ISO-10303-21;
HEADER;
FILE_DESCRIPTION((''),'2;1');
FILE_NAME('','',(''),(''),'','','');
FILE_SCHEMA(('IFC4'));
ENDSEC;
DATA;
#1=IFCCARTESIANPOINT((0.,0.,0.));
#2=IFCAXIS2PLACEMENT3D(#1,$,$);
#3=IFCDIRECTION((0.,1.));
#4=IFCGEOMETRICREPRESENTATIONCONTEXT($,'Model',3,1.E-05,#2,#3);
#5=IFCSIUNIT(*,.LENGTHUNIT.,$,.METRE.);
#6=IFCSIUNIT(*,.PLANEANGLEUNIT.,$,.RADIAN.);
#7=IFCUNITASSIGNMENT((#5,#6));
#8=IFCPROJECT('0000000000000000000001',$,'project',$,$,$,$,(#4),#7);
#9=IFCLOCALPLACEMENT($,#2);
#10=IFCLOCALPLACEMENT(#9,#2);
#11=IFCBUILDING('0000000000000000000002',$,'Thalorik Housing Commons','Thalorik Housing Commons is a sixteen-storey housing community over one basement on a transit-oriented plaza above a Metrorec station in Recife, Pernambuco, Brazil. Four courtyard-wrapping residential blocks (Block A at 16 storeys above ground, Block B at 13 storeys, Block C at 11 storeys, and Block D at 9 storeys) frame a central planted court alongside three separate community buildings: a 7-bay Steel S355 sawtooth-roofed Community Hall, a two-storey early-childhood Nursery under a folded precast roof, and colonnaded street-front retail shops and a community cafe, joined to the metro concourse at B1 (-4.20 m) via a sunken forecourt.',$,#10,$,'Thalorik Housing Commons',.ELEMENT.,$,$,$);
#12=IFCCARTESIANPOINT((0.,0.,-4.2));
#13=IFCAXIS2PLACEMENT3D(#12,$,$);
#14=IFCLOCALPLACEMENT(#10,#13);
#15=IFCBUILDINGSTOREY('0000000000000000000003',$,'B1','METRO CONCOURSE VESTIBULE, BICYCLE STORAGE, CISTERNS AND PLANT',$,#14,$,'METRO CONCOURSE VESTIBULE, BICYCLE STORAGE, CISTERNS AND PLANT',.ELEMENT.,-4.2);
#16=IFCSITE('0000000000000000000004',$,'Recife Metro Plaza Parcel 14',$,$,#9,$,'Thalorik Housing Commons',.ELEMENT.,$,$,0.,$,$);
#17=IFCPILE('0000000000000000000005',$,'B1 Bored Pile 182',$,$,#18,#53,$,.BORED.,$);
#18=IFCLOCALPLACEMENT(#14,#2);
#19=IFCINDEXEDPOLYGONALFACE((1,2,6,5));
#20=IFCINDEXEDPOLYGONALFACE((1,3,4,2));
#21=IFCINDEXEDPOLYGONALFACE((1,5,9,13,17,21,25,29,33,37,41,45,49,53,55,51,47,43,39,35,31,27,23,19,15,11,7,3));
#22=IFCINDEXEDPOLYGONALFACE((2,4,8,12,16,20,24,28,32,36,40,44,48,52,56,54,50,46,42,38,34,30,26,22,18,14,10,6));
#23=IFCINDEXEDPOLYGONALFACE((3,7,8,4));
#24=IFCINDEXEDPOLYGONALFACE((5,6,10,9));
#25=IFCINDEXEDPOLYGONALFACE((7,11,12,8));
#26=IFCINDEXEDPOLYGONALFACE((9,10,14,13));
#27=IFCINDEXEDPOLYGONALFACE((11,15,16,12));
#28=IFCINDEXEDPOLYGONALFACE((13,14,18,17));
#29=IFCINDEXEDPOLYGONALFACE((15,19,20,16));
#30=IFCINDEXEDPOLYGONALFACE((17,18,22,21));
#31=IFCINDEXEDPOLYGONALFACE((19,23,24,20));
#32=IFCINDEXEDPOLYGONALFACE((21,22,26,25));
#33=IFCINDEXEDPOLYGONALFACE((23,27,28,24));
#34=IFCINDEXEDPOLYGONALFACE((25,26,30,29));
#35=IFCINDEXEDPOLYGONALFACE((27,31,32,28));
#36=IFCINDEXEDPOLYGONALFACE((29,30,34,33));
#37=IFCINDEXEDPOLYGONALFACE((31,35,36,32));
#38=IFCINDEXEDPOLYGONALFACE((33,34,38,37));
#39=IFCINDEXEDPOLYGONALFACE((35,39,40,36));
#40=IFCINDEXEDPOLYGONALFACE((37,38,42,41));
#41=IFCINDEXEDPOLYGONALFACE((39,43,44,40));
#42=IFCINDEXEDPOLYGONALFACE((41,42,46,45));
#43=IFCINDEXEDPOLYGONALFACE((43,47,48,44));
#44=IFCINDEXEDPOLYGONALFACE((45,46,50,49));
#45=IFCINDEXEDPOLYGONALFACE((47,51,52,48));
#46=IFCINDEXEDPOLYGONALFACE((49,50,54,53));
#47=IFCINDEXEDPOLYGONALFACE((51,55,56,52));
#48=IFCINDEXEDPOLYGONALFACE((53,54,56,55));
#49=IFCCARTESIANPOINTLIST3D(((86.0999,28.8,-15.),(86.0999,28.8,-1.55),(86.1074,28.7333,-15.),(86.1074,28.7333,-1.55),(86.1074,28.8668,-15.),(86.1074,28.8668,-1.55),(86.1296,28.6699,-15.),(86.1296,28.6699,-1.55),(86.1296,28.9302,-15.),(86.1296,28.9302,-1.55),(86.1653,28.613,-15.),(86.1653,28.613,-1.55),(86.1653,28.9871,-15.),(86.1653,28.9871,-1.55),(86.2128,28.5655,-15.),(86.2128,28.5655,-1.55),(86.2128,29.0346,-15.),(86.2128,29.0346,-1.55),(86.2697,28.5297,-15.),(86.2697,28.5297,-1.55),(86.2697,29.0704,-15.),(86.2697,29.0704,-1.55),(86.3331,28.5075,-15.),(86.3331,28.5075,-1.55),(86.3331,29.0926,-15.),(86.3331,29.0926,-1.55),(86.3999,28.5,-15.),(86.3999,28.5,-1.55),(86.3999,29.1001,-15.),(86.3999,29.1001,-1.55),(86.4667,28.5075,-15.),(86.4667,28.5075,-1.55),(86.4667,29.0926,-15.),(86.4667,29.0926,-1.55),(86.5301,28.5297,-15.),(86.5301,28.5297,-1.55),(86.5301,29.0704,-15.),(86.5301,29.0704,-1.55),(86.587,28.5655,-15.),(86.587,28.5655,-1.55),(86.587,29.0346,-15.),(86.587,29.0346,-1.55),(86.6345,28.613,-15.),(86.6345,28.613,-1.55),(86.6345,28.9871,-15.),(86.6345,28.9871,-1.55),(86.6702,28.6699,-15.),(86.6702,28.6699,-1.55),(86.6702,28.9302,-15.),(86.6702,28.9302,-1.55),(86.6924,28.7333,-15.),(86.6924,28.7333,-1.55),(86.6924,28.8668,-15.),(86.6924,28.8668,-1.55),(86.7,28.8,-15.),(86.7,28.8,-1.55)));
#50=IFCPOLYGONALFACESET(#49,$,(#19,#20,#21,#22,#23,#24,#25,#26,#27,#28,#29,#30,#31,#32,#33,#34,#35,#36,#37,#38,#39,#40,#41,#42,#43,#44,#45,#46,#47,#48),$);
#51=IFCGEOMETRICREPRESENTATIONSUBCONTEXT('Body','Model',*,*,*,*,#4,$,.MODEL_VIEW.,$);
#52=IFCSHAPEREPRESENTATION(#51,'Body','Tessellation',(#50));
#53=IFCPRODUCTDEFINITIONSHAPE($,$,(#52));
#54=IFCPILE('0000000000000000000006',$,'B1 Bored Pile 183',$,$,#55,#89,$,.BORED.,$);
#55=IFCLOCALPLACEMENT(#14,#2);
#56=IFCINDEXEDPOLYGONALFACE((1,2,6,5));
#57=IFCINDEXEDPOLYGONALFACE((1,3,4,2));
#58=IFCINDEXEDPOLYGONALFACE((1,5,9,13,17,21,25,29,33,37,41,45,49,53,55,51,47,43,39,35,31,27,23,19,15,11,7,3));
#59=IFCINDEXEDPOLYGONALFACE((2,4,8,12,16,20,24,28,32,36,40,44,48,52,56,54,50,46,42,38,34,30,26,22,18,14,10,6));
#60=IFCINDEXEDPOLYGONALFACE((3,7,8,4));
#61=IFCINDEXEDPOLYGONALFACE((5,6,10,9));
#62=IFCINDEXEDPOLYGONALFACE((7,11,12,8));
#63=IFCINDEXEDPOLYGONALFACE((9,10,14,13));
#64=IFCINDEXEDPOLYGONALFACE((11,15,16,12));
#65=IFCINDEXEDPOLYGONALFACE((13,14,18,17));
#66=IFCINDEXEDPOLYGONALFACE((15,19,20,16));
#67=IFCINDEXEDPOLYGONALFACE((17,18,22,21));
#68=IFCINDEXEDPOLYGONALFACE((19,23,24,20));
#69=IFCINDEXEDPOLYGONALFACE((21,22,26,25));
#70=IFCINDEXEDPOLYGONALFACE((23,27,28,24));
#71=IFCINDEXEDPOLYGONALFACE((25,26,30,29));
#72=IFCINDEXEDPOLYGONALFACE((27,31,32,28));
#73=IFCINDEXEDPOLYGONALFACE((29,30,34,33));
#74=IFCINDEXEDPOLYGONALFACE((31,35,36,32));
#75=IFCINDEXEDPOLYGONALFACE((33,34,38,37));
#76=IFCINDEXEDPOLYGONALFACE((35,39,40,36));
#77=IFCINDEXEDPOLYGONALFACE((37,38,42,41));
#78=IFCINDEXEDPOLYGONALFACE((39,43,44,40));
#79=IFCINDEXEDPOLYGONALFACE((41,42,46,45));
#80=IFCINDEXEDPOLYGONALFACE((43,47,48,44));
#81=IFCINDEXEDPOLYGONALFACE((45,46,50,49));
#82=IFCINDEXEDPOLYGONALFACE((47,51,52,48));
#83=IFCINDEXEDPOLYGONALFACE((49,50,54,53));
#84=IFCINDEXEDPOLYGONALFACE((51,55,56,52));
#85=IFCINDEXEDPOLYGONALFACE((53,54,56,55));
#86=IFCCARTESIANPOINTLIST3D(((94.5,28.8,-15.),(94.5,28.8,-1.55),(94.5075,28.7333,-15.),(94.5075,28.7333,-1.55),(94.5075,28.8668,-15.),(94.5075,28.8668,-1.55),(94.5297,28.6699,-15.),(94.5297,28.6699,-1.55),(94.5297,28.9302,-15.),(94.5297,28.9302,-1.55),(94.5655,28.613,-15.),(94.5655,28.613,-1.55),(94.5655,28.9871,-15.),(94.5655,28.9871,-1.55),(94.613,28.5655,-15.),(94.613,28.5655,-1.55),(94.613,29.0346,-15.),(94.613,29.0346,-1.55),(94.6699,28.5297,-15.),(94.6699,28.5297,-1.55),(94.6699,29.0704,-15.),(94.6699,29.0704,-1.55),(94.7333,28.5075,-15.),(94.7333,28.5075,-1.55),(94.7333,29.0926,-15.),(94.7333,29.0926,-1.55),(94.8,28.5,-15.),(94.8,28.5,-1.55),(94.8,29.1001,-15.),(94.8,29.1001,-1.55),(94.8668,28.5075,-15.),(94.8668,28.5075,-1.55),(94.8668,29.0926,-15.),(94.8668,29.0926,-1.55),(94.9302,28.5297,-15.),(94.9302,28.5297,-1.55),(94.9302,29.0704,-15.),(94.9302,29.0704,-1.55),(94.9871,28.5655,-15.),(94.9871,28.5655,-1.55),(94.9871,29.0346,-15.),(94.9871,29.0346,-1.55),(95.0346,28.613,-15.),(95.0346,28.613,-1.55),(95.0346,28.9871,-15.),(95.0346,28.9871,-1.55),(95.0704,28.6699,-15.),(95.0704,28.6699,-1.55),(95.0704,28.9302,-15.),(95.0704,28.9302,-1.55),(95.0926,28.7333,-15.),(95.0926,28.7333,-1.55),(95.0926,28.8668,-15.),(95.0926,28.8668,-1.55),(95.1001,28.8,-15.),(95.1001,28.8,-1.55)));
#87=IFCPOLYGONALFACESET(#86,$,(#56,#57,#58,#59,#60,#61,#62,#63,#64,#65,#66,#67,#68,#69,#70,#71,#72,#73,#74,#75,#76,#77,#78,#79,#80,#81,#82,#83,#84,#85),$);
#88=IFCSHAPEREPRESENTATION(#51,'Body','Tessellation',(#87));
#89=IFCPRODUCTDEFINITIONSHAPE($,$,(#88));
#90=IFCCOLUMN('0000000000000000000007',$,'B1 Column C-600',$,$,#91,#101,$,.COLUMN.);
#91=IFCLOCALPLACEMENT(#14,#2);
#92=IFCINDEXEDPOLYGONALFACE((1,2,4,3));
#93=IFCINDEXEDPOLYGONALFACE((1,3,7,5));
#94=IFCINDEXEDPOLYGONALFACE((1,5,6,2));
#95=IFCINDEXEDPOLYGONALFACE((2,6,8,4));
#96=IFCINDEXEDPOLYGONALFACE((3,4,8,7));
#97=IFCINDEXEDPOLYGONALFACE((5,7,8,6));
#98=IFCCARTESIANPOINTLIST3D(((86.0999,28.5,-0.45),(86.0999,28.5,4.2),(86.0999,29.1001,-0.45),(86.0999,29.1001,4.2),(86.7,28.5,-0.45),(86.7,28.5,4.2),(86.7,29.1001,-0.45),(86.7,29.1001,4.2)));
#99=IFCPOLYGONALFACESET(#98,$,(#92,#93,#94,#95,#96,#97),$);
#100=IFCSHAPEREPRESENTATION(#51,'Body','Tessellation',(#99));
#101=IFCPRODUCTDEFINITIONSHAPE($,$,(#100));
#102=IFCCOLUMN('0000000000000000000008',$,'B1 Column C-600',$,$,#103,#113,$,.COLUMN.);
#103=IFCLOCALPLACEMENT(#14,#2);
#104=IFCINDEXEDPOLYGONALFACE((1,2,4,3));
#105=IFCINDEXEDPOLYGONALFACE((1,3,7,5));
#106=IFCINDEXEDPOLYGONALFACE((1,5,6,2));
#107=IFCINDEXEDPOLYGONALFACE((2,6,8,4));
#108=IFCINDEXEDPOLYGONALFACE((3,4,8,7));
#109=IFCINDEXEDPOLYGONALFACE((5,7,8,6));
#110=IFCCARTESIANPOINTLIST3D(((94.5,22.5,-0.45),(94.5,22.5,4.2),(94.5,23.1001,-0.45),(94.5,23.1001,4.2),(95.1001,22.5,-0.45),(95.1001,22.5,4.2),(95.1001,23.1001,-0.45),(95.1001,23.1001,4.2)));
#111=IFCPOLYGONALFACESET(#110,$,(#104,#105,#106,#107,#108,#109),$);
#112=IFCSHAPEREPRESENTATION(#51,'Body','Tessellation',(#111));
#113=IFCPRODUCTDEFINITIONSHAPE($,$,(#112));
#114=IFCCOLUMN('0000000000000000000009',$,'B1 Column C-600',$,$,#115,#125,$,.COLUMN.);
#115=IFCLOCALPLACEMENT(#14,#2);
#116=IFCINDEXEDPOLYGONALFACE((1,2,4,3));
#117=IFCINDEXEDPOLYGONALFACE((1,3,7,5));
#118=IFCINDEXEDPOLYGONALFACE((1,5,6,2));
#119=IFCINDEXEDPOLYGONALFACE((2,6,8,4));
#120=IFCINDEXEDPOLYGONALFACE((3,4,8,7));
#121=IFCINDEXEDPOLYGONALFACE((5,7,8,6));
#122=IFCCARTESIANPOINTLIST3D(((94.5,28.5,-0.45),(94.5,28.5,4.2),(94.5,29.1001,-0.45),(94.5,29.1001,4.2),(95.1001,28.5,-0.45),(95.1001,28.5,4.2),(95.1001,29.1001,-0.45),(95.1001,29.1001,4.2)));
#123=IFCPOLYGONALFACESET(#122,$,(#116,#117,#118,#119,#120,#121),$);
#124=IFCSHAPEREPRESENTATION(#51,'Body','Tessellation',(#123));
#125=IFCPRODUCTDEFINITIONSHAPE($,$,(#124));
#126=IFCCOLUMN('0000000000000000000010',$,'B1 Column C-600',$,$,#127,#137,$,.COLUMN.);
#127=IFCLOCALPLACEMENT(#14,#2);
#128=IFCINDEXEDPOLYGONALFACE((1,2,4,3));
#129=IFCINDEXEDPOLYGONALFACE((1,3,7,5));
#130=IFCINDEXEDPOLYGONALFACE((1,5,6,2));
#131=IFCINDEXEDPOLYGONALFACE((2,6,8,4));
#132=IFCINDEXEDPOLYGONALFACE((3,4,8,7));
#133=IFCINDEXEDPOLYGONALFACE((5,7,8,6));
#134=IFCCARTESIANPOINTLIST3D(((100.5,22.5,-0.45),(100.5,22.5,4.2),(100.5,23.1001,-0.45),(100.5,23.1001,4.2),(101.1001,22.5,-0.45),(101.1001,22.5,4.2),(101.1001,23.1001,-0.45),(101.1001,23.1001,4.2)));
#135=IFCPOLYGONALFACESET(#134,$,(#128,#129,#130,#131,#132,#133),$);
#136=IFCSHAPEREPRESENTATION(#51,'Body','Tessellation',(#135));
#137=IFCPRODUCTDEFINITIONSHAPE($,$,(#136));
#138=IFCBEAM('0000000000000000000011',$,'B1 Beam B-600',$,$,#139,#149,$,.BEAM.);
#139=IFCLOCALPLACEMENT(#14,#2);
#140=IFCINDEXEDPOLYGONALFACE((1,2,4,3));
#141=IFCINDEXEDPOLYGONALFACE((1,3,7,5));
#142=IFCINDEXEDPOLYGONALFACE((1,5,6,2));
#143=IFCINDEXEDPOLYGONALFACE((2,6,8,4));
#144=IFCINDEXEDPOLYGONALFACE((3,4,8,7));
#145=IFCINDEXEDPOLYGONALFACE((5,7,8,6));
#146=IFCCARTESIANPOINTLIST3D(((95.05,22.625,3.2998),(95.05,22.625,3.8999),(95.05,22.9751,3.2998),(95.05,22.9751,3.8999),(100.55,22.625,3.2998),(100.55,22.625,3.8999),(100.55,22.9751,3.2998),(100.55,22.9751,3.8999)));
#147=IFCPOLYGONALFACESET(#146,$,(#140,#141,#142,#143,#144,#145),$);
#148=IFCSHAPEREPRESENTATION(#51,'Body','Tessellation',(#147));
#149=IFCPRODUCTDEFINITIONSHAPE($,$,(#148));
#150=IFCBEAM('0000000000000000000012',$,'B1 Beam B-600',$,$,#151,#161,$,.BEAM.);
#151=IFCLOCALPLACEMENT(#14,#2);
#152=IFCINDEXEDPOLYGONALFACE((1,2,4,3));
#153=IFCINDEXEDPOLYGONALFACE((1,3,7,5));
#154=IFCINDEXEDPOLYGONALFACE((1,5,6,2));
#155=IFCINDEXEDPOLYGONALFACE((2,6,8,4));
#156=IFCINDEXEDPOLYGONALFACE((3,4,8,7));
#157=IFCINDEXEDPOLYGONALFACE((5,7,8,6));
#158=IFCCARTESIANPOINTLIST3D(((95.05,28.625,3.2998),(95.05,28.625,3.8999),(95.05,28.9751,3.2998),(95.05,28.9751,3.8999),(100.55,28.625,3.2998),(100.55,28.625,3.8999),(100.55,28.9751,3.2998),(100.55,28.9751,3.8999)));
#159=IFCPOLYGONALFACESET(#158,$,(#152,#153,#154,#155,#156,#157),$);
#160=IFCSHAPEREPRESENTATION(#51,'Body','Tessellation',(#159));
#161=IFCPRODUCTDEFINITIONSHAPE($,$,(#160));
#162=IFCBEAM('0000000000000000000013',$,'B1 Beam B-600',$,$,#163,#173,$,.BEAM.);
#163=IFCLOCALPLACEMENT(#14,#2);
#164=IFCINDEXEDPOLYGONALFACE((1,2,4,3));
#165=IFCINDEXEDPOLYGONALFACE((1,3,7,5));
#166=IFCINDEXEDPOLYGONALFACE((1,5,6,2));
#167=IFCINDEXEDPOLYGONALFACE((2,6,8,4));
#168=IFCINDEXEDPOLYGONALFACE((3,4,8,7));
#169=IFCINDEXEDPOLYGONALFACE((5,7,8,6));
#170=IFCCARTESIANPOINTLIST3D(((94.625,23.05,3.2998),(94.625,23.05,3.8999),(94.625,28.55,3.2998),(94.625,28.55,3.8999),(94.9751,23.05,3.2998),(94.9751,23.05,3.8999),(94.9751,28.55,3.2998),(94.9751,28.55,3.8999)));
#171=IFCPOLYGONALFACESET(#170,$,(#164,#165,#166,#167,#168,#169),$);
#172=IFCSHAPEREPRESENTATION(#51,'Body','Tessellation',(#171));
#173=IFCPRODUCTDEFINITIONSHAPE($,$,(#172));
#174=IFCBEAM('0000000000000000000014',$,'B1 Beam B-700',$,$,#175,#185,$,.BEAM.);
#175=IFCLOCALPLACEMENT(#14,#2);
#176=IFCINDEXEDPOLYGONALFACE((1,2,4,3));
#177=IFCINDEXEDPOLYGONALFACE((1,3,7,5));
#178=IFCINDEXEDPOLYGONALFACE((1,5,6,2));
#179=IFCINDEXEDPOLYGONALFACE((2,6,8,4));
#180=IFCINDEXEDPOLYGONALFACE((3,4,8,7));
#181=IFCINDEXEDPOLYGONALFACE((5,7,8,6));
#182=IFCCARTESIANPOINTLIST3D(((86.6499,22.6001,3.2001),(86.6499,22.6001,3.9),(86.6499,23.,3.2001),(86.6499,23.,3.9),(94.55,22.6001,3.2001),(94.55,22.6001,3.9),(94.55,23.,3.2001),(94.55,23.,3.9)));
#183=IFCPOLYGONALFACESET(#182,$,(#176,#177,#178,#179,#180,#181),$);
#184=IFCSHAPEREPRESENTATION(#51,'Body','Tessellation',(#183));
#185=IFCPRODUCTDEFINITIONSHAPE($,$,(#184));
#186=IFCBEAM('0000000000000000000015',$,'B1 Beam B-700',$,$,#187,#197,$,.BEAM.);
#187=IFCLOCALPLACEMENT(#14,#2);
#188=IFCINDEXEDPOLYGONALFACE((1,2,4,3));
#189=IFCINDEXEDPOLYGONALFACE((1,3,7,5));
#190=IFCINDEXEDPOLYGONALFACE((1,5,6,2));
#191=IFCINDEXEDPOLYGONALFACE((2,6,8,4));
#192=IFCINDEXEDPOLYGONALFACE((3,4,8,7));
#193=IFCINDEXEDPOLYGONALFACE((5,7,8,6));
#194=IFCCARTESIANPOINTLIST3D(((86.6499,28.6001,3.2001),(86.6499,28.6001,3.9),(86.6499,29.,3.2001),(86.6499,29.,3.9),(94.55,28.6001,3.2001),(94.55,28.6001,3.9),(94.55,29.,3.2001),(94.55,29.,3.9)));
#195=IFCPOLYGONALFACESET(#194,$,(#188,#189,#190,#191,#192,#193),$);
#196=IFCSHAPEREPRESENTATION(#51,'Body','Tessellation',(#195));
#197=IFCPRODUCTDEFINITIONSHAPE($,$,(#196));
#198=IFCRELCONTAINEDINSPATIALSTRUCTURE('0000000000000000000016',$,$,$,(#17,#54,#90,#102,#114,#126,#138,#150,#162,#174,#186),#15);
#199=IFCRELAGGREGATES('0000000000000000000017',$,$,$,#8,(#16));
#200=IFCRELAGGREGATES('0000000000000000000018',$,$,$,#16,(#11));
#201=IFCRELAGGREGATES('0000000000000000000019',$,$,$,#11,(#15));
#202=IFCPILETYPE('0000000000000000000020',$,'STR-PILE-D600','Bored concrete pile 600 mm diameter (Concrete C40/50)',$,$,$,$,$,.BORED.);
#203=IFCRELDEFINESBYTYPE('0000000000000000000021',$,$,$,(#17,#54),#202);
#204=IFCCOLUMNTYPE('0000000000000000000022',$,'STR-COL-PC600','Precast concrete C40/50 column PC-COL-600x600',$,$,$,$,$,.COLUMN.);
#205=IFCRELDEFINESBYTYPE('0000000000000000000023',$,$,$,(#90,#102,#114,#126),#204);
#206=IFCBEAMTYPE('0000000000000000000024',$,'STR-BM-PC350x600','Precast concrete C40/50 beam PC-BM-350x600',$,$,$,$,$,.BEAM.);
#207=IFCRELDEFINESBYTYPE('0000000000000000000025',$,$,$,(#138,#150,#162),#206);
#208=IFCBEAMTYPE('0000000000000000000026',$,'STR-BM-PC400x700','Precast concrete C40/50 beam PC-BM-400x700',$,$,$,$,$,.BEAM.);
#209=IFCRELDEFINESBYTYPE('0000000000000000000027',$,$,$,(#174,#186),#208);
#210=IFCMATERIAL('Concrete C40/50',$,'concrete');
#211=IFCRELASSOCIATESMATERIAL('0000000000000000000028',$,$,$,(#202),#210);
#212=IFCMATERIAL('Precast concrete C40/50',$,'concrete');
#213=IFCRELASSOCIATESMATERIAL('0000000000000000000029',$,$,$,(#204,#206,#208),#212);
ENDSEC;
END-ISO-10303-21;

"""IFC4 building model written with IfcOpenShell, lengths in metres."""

from ifc_helpers import new_model, si_unit, direction, frame, origin, origin_2d, place, context, subcontext, project, spatial, rectangle, circle, extrude, material, material_profile, profile_set, type_object, element, save


model = new_model("IFC4")

# Units and contexts
model_context = context("Model", 3, precision=1e-05, world=origin(), true_north=direction((0.0, 1.0)))
body_context = subcontext(model_context, "Body", "Model", "MODEL_VIEW")
ifc_project = project(units=[si_unit("LENGTHUNIT", "METRE"), si_unit("PLANEANGLEUNIT", "RADIAN")], contexts=[model_context])

# Site, building, storey
site_placement = place(None, origin())
site = spatial("IfcSite", under=ifc_project, at=site_placement, Name="Recife Metro Plaza Parcel 14", LongName="Thalorik Housing Commons", CompositionType="ELEMENT", RefElevation=0.0)
building_placement = place(site_placement, origin())
building = spatial("IfcBuilding", under=site, at=building_placement, Name="Thalorik Housing Commons", Description="Thalorik Housing Commons is a sixteen-storey housing community over one basement on a transit-oriented plaza above a Metrorec station in Recife, Pernambuco, Brazil. Four courtyard-wrapping residential blocks (Block A at 16 storeys above ground, Block B at 13 storeys, Block C at 11 storeys, and Block D at 9 storeys) frame a central planted court alongside three separate community buildings: a 7-bay Steel S355 sawtooth-roofed Community Hall, a two-storey early-childhood Nursery under a folded precast roof, and colonnaded street-front retail shops and a community cafe, joined to the metro concourse at B1 (-4.20 m) via a sunken forecourt.", LongName="Thalorik Housing Commons", CompositionType="ELEMENT")
storey_placement = place(building_placement, frame((0.0, 0.0, -4.2)))
storey = spatial("IfcBuildingStorey", under=building, at=storey_placement, Name="B1", Description="METRO CONCOURSE VESTIBULE, BICYCLE STORAGE, CISTERNS AND PLANT", LongName="METRO CONCOURSE VESTIBULE, BICYCLE STORAGE, CISTERNS AND PLANT", CompositionType="ELEMENT", Elevation=-4.2)

# Shared definitions
ifc_material_1 = material(Name="Concrete C40/50", Category="concrete")

# Piles
ifc_material_profile_1 = material_profile(ifc_material_1, circle(Radius=0.3, at=origin_2d()), Name="BORED PILE D600", Category="concrete")
ifc_profile_set_1 = profile_set([ifc_material_profile_1], Name="Concrete C40/50")
pile_type = type_object("IfcPileType", Name="STR-PILE-D600", Description="Bored concrete pile 600 mm diameter (Concrete C40/50)", PredefinedType="BORED", material=ifc_profile_set_1)
for number, where, z_axis, x_axis, name in (
    (1, (86.3999, 28.8, -1.55), (0.0, 0.0, -1.0), (1.0, 0.0, 0.0), "B1 Bored Pile 182"),
    (2, (94.8, 28.8, -1.55), (0.0, 0.0, -1.0), (1.0, 0.0, 0.0), "B1 Bored Pile 183"),
):
    element("IfcPile", number, at=place(storey_placement, frame(where, z_axis=z_axis, x_axis=x_axis)), inside=storey, type_object=pile_type, Name=name, PredefinedType="BORED", context=body_context, shape_type="SweptSolid", body=[
        extrude(circle(Radius=0.3, at=origin_2d()), origin(), (0.0, 0.0, 1.0), 13.45),
    ])

# Columns
ifc_material_2 = material(Name="Precast concrete C40/50", Category="concrete")
ifc_material_profile_2 = material_profile(ifc_material_2, rectangle(XDim=0.6001, YDim=0.6001, at=origin_2d()), Name="PC 600x600", Category="concrete")
ifc_profile_set_2 = profile_set([ifc_material_profile_2], Name="Precast concrete C40/50")
column_type = type_object("IfcColumnType", Name="STR-COL-PC600", Description="Precast concrete C40/50 column PC-COL-600x600", PredefinedType="COLUMN", material=ifc_profile_set_2)
for number, where, z_axis, x_axis, name in (
    (3, (86.3999, 28.8, -0.45), (0.0, 0.0, 1.0), (1.0, 0.0, 0.0), "B1 Column C-600"),
    (4, (94.8, 22.8, -0.45), (0.0, 0.0, 1.0), (1.0, 0.0, 0.0), "B1 Column C-600"),
    (5, (94.8, 28.8, -0.45), (0.0, 0.0, 1.0), (1.0, 0.0, 0.0), "B1 Column C-600"),
    (6, (100.8, 22.8, -0.45), (0.0, 0.0, 1.0), (1.0, 0.0, 0.0), "B1 Column C-600"),
):
    element("IfcColumn", number, at=place(storey_placement, frame(where, z_axis=z_axis, x_axis=x_axis)), inside=storey, type_object=column_type, Name=name, PredefinedType="COLUMN", context=body_context, shape_type="SweptSolid", body=[
        extrude(rectangle(XDim=0.6001, YDim=0.6001, at=origin_2d()), origin(), (0.0, 0.0, 1.0), 4.6499),
    ])

# Beams
ifc_material_profile_3 = material_profile(ifc_material_2, rectangle(XDim=0.3501, YDim=0.6001, at=origin_2d()), Name="PC 350x600", Category="concrete")
ifc_profile_set_3 = profile_set([ifc_material_profile_3], Name="Precast concrete C40/50")
beam_type_1 = type_object("IfcBeamType", Name="STR-BM-PC350x600", Description="Precast concrete C40/50 beam PC-BM-350x600", PredefinedType="BEAM", material=ifc_profile_set_3)
for number, where, z_axis, x_axis, name in (
    (7, (95.05, 22.8, 3.5999), (1.0, 0.0, 0.0), (0.0, 1.0, 0.0), "B1 Beam B-600"),
    (8, (95.05, 28.8, 3.5999), (1.0, 0.0, 0.0), (0.0, 1.0, 0.0), "B1 Beam B-600"),
    (9, (94.8, 23.05, 3.5999), (0.0, 1.0, 0.0), (-1.0, 0.0, 0.0), "B1 Beam B-600"),
):
    element("IfcBeam", number, at=place(storey_placement, frame(where, z_axis=z_axis, x_axis=x_axis)), inside=storey, type_object=beam_type_1, Name=name, PredefinedType="BEAM", context=body_context, shape_type="SweptSolid", body=[
        extrude(rectangle(XDim=0.3501, YDim=0.6001, at=origin_2d()), origin(), (0.0, 0.0, 1.0), 5.5),
    ])
ifc_material_profile_4 = material_profile(ifc_material_2, rectangle(XDim=0.3999, YDim=0.7, at=origin_2d()), Name="PC 400x700", Category="concrete")
ifc_profile_set_4 = profile_set([ifc_material_profile_4], Name="Precast concrete C40/50")
beam_type_2 = type_object("IfcBeamType", Name="STR-BM-PC400x700", Description="Precast concrete C40/50 beam PC-BM-400x700", PredefinedType="BEAM", material=ifc_profile_set_4)
for number, where, z_axis, x_axis, name in (
    (10, (86.6499, 22.8, 3.55), (1.0, 0.0, 0.0), (0.0, 1.0, 0.0), "B1 Beam B-700"),
    (11, (86.6499, 28.8, 3.55), (1.0, 0.0, 0.0), (0.0, 1.0, 0.0), "B1 Beam B-700"),
):
    element("IfcBeam", number, at=place(storey_placement, frame(where, z_axis=z_axis, x_axis=x_axis)), inside=storey, type_object=beam_type_2, Name=name, PredefinedType="BEAM", context=body_context, shape_type="SweptSolid", body=[
        extrude(rectangle(XDim=0.3999, YDim=0.7, at=origin_2d()), origin(), (0.0, 0.0, 1.0), 7.9001),
    ])

save(model, "model.ifc")
